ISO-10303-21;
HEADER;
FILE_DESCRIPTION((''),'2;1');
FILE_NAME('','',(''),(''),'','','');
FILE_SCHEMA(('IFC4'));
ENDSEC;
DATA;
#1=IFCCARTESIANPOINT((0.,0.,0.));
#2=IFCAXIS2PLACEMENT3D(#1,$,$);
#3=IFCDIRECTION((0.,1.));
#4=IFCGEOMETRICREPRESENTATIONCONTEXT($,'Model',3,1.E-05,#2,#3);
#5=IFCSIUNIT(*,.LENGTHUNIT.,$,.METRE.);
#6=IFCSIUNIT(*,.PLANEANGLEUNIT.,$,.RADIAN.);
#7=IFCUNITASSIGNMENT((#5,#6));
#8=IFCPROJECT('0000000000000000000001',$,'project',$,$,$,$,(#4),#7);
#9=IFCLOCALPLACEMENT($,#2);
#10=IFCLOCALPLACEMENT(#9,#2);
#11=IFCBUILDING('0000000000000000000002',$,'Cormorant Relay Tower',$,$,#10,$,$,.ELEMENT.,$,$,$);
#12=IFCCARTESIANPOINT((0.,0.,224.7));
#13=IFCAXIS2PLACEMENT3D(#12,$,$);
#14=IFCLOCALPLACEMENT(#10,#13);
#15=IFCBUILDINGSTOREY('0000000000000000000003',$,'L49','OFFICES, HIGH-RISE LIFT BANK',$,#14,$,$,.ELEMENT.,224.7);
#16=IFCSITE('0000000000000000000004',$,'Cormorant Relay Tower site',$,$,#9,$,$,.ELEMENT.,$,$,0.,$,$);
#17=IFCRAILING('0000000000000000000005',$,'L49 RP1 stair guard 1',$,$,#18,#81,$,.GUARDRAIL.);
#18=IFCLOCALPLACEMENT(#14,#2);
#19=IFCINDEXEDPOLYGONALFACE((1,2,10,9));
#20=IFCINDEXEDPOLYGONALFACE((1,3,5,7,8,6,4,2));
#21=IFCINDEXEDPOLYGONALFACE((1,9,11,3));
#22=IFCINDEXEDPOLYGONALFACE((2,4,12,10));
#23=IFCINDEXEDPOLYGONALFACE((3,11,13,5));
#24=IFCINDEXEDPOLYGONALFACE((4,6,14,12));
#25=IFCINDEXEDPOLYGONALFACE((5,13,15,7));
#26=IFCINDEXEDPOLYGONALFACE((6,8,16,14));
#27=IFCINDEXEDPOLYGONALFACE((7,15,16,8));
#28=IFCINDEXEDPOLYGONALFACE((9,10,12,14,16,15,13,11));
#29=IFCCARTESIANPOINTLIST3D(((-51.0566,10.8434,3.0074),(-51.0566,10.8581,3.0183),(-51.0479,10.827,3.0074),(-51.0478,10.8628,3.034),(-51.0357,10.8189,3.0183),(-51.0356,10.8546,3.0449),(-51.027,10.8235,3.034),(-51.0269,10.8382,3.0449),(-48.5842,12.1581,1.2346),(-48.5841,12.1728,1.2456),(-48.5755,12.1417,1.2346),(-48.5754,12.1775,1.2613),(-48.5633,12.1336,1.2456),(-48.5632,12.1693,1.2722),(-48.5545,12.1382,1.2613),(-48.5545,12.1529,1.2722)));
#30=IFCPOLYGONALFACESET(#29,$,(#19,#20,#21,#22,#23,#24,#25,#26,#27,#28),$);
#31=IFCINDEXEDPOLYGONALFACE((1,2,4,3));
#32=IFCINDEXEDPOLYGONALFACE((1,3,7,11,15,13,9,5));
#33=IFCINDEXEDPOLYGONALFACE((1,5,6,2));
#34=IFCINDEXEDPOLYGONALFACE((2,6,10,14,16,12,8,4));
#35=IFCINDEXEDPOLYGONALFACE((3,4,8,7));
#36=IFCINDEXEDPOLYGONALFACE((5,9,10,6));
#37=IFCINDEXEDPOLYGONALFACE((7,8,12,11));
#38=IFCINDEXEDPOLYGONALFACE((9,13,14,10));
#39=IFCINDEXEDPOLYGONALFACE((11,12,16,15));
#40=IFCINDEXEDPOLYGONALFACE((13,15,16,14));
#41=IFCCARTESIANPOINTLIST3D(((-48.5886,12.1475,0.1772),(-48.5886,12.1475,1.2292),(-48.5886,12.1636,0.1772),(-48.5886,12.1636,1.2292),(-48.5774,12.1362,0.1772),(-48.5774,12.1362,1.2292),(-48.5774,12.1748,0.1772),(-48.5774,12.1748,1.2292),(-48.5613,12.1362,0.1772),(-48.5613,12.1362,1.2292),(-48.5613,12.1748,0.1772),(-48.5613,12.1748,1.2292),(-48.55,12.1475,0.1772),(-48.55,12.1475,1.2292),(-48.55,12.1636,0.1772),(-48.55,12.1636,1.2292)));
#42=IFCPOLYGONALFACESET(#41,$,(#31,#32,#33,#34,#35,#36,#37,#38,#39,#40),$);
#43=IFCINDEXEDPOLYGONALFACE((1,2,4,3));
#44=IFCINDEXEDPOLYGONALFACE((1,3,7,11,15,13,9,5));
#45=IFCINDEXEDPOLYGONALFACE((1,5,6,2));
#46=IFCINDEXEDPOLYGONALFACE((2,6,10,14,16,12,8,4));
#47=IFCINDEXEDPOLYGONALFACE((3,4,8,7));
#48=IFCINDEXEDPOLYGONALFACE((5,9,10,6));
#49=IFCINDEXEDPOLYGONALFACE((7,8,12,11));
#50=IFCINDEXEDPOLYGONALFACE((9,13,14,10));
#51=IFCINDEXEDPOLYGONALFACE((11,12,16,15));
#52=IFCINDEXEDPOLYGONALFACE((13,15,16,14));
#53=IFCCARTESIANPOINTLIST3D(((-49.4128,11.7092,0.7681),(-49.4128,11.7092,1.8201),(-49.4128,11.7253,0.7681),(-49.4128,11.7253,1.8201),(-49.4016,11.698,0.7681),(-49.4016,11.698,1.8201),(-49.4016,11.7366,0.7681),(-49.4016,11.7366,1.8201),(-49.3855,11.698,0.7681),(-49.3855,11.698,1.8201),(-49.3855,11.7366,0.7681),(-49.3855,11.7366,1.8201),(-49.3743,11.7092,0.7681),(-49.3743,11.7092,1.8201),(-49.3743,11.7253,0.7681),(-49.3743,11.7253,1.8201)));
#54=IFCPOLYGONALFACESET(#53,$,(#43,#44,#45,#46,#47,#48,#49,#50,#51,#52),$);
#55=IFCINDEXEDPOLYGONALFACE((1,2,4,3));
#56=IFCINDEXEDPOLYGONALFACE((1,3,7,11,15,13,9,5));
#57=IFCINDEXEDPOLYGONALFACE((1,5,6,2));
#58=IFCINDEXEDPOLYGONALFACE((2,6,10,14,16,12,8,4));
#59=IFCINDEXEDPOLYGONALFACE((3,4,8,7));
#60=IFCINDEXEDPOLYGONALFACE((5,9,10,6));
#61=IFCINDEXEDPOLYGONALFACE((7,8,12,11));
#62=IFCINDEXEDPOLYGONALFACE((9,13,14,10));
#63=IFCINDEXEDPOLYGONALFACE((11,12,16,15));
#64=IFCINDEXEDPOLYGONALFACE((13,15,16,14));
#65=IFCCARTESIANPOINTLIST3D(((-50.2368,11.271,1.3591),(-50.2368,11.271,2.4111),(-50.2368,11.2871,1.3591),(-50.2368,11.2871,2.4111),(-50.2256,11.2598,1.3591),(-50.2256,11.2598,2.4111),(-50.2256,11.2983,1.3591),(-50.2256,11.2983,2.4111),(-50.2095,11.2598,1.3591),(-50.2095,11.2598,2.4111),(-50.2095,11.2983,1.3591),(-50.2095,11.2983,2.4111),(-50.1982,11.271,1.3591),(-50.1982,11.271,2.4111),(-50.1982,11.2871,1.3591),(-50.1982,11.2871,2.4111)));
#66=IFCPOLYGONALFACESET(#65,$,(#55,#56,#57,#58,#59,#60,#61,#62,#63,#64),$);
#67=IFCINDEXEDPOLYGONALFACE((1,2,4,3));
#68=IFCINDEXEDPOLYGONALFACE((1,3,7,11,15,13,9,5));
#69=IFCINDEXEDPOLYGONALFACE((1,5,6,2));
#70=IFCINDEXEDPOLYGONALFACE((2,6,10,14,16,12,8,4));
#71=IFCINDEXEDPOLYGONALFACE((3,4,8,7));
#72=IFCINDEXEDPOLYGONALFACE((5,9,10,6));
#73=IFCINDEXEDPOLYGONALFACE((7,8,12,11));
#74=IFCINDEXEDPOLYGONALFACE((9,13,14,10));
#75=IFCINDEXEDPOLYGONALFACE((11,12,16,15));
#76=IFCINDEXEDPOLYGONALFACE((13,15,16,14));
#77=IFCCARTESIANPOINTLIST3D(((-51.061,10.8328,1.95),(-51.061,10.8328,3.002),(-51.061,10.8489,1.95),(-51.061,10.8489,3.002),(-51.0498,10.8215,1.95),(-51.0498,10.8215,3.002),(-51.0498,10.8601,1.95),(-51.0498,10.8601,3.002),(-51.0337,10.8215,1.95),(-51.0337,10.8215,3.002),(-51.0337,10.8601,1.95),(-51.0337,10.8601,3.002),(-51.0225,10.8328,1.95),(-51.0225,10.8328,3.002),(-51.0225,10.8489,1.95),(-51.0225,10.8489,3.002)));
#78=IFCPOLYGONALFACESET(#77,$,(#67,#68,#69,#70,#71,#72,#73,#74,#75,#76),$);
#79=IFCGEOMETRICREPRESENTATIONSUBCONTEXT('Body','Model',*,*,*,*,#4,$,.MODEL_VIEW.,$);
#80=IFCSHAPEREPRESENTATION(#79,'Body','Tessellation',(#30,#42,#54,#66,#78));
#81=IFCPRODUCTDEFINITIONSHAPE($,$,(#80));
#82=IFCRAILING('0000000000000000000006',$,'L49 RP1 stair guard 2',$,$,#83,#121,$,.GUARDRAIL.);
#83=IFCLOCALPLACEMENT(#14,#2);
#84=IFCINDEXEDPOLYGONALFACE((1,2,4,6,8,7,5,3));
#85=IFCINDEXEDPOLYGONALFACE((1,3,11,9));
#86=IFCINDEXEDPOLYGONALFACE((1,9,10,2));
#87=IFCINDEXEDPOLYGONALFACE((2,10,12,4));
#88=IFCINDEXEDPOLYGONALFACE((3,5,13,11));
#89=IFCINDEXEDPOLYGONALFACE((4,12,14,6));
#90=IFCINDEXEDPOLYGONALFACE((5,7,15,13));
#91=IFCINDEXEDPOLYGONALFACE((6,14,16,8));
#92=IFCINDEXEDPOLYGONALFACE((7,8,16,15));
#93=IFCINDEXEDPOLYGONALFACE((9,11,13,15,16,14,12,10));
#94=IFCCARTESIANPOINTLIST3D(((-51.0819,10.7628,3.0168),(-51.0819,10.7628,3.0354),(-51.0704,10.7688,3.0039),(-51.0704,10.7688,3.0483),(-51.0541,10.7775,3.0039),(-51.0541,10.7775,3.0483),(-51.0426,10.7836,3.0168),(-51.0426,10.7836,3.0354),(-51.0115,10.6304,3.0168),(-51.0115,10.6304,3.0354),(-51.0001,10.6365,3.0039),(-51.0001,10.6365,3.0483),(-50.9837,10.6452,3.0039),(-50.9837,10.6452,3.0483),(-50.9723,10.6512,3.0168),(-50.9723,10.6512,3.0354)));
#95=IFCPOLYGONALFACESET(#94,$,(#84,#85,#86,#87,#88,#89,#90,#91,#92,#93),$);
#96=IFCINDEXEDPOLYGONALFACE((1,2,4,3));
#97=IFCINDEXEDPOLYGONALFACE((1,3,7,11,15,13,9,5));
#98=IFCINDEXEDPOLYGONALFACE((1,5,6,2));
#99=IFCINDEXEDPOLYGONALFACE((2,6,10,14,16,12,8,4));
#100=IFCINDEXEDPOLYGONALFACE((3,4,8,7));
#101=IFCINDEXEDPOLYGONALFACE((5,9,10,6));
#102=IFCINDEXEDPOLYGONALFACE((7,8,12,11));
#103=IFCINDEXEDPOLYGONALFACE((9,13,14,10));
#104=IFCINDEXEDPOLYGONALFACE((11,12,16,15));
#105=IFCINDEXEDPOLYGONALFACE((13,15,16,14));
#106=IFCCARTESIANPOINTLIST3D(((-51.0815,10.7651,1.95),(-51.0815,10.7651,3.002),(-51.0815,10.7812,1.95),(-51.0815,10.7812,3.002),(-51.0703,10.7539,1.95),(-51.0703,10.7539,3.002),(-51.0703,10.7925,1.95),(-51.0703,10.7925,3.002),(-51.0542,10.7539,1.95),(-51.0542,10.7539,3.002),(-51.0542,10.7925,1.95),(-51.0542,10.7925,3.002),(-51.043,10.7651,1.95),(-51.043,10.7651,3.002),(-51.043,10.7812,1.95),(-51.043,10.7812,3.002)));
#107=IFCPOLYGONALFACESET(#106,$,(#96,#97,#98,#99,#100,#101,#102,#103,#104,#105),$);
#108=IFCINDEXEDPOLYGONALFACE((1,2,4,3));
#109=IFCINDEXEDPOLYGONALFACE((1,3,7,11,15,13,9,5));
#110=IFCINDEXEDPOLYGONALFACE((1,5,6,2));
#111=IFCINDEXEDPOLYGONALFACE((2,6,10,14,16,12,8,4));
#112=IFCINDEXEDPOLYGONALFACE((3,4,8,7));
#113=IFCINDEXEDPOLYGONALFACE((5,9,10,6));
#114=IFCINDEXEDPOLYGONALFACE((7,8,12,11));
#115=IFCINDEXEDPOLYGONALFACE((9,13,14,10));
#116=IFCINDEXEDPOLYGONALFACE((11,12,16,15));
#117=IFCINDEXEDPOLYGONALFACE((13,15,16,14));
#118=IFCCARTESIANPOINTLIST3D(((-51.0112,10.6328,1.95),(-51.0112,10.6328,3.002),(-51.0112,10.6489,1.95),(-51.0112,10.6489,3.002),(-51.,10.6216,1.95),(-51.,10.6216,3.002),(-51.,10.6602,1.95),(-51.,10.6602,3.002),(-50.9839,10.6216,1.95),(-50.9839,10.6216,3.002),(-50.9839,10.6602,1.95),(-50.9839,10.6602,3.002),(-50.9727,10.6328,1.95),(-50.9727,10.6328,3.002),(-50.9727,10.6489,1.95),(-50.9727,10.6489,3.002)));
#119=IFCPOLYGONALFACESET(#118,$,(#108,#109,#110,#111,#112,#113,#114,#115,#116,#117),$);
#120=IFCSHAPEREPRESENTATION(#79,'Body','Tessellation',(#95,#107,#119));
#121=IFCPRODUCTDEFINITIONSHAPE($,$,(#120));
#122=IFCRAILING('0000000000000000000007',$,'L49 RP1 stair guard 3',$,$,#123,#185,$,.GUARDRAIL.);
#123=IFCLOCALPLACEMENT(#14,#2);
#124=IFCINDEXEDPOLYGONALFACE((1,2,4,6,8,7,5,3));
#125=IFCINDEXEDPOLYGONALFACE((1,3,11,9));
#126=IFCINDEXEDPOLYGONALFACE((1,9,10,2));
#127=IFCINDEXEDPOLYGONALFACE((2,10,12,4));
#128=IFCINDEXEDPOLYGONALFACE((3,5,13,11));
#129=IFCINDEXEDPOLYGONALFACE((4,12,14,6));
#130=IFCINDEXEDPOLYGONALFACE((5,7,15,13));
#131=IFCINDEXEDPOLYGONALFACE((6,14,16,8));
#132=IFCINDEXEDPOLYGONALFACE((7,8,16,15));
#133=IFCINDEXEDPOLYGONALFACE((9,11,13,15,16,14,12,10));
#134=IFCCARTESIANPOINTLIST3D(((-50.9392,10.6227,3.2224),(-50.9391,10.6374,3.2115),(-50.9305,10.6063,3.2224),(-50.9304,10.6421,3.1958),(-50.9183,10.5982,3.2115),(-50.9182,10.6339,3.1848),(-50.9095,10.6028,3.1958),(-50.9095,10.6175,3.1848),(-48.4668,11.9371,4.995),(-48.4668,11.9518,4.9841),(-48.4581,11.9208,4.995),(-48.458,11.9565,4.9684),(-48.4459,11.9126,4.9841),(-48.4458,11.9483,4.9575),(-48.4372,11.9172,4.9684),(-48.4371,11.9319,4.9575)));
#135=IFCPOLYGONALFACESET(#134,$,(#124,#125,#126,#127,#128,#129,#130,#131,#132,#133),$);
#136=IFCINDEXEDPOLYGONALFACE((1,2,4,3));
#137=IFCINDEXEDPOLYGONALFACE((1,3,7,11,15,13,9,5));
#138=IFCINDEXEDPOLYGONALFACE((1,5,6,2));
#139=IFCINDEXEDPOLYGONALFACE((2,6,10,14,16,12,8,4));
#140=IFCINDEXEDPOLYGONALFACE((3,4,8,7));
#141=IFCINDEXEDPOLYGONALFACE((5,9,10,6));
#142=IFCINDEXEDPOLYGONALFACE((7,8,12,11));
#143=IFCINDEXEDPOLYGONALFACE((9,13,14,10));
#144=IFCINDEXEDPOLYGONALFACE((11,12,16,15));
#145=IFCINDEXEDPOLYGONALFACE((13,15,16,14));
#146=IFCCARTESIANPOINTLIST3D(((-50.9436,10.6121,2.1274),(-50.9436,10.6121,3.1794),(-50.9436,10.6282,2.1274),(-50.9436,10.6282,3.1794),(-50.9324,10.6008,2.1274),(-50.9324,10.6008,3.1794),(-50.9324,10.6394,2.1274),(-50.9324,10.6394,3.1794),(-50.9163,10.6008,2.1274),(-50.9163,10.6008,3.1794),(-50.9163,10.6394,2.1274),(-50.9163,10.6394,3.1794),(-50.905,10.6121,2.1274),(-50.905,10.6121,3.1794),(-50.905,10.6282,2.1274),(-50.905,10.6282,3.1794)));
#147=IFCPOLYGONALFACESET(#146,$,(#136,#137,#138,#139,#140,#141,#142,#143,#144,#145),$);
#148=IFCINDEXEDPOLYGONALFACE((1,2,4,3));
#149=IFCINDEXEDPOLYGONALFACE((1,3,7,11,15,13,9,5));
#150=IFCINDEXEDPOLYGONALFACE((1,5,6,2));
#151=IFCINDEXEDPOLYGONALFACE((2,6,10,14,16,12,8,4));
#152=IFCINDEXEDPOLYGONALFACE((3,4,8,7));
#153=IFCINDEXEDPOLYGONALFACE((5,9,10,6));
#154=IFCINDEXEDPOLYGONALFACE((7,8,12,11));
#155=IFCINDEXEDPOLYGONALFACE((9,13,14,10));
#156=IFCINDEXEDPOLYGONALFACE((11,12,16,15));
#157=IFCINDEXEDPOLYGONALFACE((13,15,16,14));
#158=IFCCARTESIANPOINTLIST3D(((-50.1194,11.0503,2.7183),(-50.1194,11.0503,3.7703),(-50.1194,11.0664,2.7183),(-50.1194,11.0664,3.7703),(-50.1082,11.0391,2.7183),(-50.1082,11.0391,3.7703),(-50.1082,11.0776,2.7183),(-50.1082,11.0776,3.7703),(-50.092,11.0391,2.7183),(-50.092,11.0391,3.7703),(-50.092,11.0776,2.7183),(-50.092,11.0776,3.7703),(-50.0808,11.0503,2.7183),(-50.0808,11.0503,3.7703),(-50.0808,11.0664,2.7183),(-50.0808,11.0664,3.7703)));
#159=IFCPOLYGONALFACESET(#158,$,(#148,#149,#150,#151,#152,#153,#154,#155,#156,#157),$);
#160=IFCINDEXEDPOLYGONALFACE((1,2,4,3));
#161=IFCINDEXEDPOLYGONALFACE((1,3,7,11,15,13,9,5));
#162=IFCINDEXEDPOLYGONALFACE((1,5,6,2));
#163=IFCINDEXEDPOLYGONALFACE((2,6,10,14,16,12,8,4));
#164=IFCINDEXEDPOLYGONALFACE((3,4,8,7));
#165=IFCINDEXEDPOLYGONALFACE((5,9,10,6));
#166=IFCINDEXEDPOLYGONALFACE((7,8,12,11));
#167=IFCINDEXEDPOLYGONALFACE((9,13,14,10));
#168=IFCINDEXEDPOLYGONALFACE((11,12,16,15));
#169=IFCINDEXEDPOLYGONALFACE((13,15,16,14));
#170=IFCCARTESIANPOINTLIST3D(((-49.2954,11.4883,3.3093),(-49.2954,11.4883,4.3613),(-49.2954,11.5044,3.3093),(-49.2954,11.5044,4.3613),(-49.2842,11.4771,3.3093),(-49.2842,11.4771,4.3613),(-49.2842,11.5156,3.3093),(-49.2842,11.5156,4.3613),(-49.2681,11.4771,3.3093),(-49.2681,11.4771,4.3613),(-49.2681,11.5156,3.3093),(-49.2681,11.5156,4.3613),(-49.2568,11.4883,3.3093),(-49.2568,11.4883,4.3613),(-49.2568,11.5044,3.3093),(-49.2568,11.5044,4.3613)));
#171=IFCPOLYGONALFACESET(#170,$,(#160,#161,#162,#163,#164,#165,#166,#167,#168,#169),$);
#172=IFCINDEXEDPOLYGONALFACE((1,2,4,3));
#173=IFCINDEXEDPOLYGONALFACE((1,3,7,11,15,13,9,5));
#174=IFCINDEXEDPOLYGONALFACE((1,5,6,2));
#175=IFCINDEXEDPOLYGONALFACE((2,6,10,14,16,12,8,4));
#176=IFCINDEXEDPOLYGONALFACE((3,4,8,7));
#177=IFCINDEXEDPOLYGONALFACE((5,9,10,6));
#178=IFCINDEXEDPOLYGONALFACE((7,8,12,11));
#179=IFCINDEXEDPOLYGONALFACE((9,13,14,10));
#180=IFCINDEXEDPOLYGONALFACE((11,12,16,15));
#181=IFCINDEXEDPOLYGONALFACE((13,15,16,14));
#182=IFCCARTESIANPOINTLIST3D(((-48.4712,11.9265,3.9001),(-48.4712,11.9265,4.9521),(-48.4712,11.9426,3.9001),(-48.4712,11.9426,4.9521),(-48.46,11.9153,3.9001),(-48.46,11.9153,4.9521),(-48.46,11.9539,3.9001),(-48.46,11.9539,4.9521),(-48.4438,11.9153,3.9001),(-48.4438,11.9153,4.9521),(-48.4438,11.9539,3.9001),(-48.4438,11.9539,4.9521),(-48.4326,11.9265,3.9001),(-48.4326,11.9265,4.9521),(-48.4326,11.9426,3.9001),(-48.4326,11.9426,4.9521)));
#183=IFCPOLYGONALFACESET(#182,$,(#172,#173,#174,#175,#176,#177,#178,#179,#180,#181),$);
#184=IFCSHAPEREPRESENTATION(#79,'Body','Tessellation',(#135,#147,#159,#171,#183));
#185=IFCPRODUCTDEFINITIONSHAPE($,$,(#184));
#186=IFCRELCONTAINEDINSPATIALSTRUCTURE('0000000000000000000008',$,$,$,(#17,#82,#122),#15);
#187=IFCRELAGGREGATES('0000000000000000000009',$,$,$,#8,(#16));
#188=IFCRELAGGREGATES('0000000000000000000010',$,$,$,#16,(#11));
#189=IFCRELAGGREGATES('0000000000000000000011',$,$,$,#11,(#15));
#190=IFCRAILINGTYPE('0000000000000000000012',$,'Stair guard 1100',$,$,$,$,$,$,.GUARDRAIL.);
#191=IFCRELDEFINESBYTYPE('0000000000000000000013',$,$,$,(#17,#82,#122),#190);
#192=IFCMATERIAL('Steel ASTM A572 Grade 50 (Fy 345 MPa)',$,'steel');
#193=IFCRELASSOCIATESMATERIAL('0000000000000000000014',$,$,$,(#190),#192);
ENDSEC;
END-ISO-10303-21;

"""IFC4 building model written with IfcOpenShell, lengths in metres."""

from ifc_helpers import new_model, si_unit, direction, frame, origin, place, context, subcontext, project, spatial, polyline, outline, extrude, material, type_object, element, save


model = new_model("IFC4")

# Units and contexts
model_context = context("Model", 3, precision=1e-05, world=origin(), true_north=direction((0.0, 1.0)))
body_context = subcontext(model_context, "Body", "Model", "MODEL_VIEW")
ifc_project = project(units=[si_unit("LENGTHUNIT", "METRE"), si_unit("PLANEANGLEUNIT", "RADIAN")], contexts=[model_context])

# Site, building, storey
site_placement = place(None, origin())
site = spatial("IfcSite", under=ifc_project, at=site_placement, Name="Cormorant Relay Tower site", CompositionType="ELEMENT", RefElevation=0.0)
building_placement = place(site_placement, origin())
building = spatial("IfcBuilding", under=site, at=building_placement, Name="Cormorant Relay Tower", CompositionType="ELEMENT")
storey_placement = place(building_placement, frame((0.0, 0.0, 224.7)))
storey = spatial("IfcBuildingStorey", under=building, at=storey_placement, Name="L49", Description="OFFICES, HIGH-RISE LIFT BANK", CompositionType="ELEMENT", Elevation=224.7)

# Railings
ifc_material_1 = material(Name="Steel ASTM A572 Grade 50 (Fy 345 MPa)", Category="steel")
railing_type_1 = type_object("IfcRailingType", Name="Stair guard 1100", PredefinedType="GUARDRAIL", material=ifc_material_1)
railing_1_placement = place(storey_placement, frame((-48.5693, 12.1555, 0.1772)))
element("IfcRailing", 1, at=railing_1_placement, inside=storey, type_object=railing_type_1, Name="L49 RP1 stair guard 1", PredefinedType="GUARDRAIL", context=body_context, shape_type="SweptSolid", body=[
    extrude(outline(polyline([(0.0222, 0.0093), (0.0093, 0.0222), (-0.0093, 0.0222), (-0.0222, 0.0093), (-0.0222, -0.0093), (-0.0093, -0.0222), (0.0093, -0.0222), (0.0222, -0.0093), (0.0222, 0.0093)])), frame((0.0, 0.0, 1.0762), z_axis=(-0.746012, -0.39669, 0.534886), x_axis=(0.469497, -0.882934, 0.0)), (0.0, 0.0, 1.0), 3.3142),
    extrude(outline(polyline([(0.0193, 0.0081), (0.0081, 0.0193), (-0.0081, 0.0193), (-0.0193, 0.0081), (-0.0193, -0.0081), (-0.0081, -0.0193), (0.0081, -0.0193), (0.0193, -0.0081), (0.0193, 0.0081)])), origin(), (0.0, 0.0, 1.0), 1.052),
    extrude(outline(polyline([(0.0193, 0.0081), (0.0081, 0.0193), (-0.0081, 0.0193), (-0.0193, 0.0081), (-0.0193, -0.0081), (-0.0081, -0.0193), (0.0081, -0.0193), (0.0193, -0.0081), (0.0193, 0.0081)])), frame((-0.8242, -0.4382, 0.5908)), (0.0, 0.0, 1.0), 1.052),
    extrude(outline(polyline([(0.0193, 0.0081), (0.0081, 0.0193), (-0.0081, 0.0193), (-0.0193, 0.0081), (-0.0193, -0.0081), (-0.0081, -0.0193), (0.0081, -0.0193), (0.0193, -0.0081), (0.0193, 0.0081)])), frame((-1.6482, -0.8765, 1.1819)), (0.0, 0.0, 1.0), 1.052),
    extrude(outline(polyline([(0.0193, 0.0081), (0.0081, 0.0193), (-0.0081, 0.0193), (-0.0193, 0.0081), (-0.0193, -0.0081), (-0.0081, -0.0193), (0.0081, -0.0193), (0.0193, -0.0081), (0.0193, 0.0081)])), frame((-2.4724, -1.3147, 1.7727)), (0.0, 0.0, 1.0), 1.052),
])
railing_2_placement = place(storey_placement, frame((-51.0623, 10.7732, 1.95)))
element("IfcRailing", 2, at=railing_2_placement, inside=storey, type_object=railing_type_1, Name="L49 RP1 stair guard 2", PredefinedType="GUARDRAIL", context=body_context, shape_type="SweptSolid", body=[
    extrude(outline(polyline([(0.0222, 0.0093), (0.0093, 0.0222), (-0.0093, 0.0222), (-0.0222, 0.0093), (-0.0222, -0.0093), (-0.0093, -0.0222), (0.0093, -0.0222), (0.0222, -0.0093), (0.0222, 0.0093)])), frame((0.0, 0.0, 1.0762), z_axis=(0.469235, -0.883074, 0.0), x_axis=(0.883074, 0.469235, 0.0)), (0.0, 0.0, 1.0), 0.1499),
    extrude(outline(polyline([(0.0193, 0.0081), (0.0081, 0.0193), (-0.0081, 0.0193), (-0.0193, 0.0081), (-0.0193, -0.0081), (-0.0081, -0.0193), (0.0081, -0.0193), (0.0193, -0.0081), (0.0193, 0.0081)])), origin(), (0.0, 0.0, 1.0), 1.052),
    extrude(outline(polyline([(0.0193, 0.0081), (0.0081, 0.0193), (-0.0081, 0.0193), (-0.0193, 0.0081), (-0.0193, -0.0081), (-0.0081, -0.0193), (0.0081, -0.0193), (0.0193, -0.0081), (0.0193, 0.0081)])), frame((0.0703, -0.1323, 0.0)), (0.0, 0.0, 1.0), 1.052),
])
railing_3_placement = place(storey_placement, frame((-50.9243, 10.6201, 2.1274)))
element("IfcRailing", 3, at=railing_3_placement, inside=storey, type_object=railing_type_1, Name="L49 RP1 stair guard 3", PredefinedType="GUARDRAIL", context=body_context, shape_type="SweptSolid", body=[
    extrude(outline(polyline([(0.0222, 0.0093), (0.0093, 0.0222), (-0.0093, 0.0222), (-0.0222, 0.0093), (-0.0222, -0.0093), (-0.0093, -0.0222), (0.0093, -0.0222), (0.0222, -0.0093), (0.0222, 0.0093)])), frame((0.0, 0.0, 1.0762), z_axis=(0.746034, 0.396627, 0.534902), x_axis=(-0.469429, 0.88297, 0.0)), (0.0, 0.0, 1.0), 3.314),
    extrude(outline(polyline([(0.0193, 0.0081), (0.0081, 0.0193), (-0.0081, 0.0193), (-0.0193, 0.0081), (-0.0193, -0.0081), (-0.0081, -0.0193), (0.0081, -0.0193), (0.0193, -0.0081), (0.0193, 0.0081)])), origin(), (0.0, 0.0, 1.0), 1.052),
    extrude(outline(polyline([(0.0193, 0.0081), (0.0081, 0.0193), (-0.0081, 0.0193), (-0.0193, 0.0081), (-0.0193, -0.0081), (-0.0081, -0.0193), (0.0081, -0.0193), (0.0193, -0.0081), (0.0193, 0.0081)])), frame((0.8242, 0.4382, 0.5908)), (0.0, 0.0, 1.0), 1.052),
    extrude(outline(polyline([(0.0193, 0.0081), (0.0081, 0.0193), (-0.0081, 0.0193), (-0.0193, 0.0081), (-0.0193, -0.0081), (-0.0081, -0.0193), (0.0081, -0.0193), (0.0193, -0.0081), (0.0193, 0.0081)])), frame((1.6482, 0.8762, 1.1819)), (0.0, 0.0, 1.0), 1.052),
    extrude(outline(polyline([(0.0193, 0.0081), (0.0081, 0.0193), (-0.0081, 0.0193), (-0.0193, 0.0081), (-0.0193, -0.0081), (-0.0081, -0.0193), (0.0081, -0.0193), (0.0193, -0.0081), (0.0193, 0.0081)])), frame((2.4724, 1.3145, 1.7727)), (0.0, 0.0, 1.0), 1.052),
])

save(model, "model.ifc")
